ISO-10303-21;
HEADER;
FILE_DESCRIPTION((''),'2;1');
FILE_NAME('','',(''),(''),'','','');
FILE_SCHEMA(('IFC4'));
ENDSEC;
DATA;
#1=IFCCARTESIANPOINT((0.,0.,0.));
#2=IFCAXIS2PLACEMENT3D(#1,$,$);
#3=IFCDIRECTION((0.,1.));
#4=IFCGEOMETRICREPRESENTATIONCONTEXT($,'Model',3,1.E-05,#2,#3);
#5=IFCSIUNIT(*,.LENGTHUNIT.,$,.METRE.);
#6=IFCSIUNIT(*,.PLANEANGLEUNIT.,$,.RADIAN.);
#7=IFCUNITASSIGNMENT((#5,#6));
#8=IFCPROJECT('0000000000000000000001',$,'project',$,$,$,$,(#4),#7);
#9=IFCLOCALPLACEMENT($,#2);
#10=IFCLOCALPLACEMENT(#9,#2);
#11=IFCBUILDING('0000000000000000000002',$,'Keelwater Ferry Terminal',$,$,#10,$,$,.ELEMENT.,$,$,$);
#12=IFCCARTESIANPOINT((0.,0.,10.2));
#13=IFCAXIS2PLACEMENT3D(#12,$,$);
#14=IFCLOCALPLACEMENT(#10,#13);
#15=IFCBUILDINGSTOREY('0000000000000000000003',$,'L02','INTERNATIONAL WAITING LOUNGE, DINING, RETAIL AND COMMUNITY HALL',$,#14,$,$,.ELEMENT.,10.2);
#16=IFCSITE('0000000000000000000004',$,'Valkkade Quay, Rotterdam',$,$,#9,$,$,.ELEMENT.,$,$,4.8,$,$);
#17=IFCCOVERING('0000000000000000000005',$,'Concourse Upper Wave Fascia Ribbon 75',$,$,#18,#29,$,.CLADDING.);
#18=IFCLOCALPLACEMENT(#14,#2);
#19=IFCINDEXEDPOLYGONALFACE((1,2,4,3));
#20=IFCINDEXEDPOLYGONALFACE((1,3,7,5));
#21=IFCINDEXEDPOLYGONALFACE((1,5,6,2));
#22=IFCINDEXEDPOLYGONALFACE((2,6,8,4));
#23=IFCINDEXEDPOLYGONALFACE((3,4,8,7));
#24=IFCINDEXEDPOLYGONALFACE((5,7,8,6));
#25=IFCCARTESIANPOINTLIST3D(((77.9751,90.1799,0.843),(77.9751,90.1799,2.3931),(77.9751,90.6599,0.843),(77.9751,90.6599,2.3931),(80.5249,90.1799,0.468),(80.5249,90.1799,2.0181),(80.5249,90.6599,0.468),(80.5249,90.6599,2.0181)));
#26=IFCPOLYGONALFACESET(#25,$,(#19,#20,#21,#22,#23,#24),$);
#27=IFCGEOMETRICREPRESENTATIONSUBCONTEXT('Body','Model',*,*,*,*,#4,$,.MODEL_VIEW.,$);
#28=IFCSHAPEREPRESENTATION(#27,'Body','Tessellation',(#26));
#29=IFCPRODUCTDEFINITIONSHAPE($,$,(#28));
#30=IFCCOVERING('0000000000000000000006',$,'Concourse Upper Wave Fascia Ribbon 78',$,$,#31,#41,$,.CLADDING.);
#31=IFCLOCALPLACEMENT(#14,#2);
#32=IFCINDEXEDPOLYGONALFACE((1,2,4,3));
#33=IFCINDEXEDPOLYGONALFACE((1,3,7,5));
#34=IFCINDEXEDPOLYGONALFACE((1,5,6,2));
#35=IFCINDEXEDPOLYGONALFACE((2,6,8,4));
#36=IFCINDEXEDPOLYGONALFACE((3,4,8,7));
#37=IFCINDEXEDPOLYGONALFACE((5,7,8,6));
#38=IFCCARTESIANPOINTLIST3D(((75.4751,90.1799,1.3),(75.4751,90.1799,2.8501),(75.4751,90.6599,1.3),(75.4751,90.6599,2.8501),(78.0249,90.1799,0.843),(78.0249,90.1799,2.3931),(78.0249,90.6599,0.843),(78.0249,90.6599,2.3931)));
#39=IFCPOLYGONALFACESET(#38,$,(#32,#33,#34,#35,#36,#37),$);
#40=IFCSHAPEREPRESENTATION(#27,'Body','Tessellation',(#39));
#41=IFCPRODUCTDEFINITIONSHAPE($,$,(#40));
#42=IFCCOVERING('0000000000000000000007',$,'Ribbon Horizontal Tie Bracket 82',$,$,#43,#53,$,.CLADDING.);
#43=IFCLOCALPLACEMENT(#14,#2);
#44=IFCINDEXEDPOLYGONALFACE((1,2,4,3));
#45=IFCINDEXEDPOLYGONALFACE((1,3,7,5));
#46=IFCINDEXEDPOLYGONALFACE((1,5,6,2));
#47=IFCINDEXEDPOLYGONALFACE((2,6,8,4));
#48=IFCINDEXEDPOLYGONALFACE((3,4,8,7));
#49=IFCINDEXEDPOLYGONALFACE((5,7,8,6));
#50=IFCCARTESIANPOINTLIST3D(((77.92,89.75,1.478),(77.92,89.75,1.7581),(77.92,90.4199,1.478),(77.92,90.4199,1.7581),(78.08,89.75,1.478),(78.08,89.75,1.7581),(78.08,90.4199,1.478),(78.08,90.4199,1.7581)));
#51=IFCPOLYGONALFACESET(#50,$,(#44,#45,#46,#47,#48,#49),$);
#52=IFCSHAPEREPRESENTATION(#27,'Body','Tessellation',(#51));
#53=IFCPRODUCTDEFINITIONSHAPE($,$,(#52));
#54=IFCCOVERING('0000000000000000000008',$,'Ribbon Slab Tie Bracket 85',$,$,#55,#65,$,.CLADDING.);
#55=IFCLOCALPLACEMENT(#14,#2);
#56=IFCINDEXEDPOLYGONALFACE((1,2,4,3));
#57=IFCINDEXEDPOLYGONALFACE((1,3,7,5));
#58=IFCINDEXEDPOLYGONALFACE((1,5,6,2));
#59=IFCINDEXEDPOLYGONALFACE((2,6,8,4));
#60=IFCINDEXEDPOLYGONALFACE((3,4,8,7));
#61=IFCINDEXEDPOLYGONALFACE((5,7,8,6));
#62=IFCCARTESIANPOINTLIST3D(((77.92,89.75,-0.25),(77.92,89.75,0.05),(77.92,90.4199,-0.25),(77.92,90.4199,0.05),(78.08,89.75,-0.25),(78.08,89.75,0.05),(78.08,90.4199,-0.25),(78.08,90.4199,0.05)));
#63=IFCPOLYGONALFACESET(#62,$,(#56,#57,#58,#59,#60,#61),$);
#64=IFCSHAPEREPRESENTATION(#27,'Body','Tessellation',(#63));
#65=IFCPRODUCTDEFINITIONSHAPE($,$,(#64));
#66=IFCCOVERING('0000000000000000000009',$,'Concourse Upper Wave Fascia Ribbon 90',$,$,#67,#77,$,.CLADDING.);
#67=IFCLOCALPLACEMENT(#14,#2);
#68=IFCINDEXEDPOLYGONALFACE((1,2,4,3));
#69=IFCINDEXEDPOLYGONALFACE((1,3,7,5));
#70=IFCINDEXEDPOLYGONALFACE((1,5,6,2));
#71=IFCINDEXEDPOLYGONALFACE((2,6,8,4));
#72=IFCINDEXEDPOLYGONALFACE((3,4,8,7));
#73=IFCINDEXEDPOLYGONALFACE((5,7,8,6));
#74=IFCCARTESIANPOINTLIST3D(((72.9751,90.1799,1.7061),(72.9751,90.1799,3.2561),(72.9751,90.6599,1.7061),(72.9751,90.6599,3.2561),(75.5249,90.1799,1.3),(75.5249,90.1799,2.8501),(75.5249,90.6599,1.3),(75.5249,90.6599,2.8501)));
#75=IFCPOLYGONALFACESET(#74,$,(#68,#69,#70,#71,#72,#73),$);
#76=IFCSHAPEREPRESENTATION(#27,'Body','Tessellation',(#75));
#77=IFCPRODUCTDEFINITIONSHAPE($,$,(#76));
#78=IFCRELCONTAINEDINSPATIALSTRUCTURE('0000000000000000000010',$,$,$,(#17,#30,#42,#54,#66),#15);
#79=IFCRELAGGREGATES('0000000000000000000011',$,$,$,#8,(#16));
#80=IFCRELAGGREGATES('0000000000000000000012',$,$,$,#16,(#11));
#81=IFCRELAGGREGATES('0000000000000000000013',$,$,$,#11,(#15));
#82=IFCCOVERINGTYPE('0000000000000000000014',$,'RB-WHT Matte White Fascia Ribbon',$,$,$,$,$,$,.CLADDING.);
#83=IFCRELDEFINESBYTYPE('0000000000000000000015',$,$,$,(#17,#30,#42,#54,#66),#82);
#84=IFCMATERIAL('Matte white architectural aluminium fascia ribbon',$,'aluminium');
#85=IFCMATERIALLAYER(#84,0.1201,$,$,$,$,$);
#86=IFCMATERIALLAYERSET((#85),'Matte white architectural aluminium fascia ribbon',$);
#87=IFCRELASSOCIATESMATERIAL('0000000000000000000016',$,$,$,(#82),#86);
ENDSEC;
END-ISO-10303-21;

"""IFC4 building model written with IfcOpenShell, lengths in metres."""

from ifc_helpers import new_model, si_unit, direction, frame, frame_2d, origin, place, context, subcontext, project, spatial, polyline, rectangle, outline, extrude, material, layer, layer_set, type_object, element, save


model = new_model("IFC4")

# Units and contexts
model_context = context("Model", 3, precision=1e-05, world=origin(), true_north=direction((0.0, 1.0)))
body_context = subcontext(model_context, "Body", "Model", "MODEL_VIEW")
ifc_project = project(units=[si_unit("LENGTHUNIT", "METRE"), si_unit("PLANEANGLEUNIT", "RADIAN")], contexts=[model_context])

# Site, building, storey
site_placement = place(None, origin())
site = spatial("IfcSite", under=ifc_project, at=site_placement, Name="Valkkade Quay, Rotterdam", CompositionType="ELEMENT", RefElevation=4.8)
building_placement = place(site_placement, origin())
building = spatial("IfcBuilding", under=site, at=building_placement, Name="Keelwater Ferry Terminal", CompositionType="ELEMENT")
storey_placement = place(building_placement, frame((0.0, 0.0, 10.2)))
storey = spatial("IfcBuildingStorey", under=building, at=storey_placement, Name="L02", Description="INTERNATIONAL WAITING LOUNGE, DINING, RETAIL AND COMMUNITY HALL", CompositionType="ELEMENT", Elevation=10.2)

# Coverings
ifc_material_1 = material(Name="Matte white architectural aluminium fascia ribbon", Category="aluminium")
ifc_layer_1 = layer(ifc_material_1, 0.1201)
ifc_layer_set_1 = layer_set([ifc_layer_1], Name="Matte white architectural aluminium fascia ribbon")
covering_type = type_object("IfcCoveringType", Name="RB-WHT Matte White Fascia Ribbon", PredefinedType="CLADDING", material=ifc_layer_set_1)
covering_1_placement = place(storey_placement, frame((80.5249, 90.4199, 0.468), z_axis=(0.0, 0.0, 1.0), x_axis=(-1.0, 0.0, 0.0)))
element("IfcCovering", 1, at=covering_1_placement, inside=storey, type_object=covering_type, Name="Concourse Upper Wave Fascia Ribbon 75", PredefinedType="CLADDING", context=body_context, shape_type="SweptSolid", body=[
    extrude(outline(polyline([(0.0, 0.0), (2.5498, 0.375), (2.5498, 1.925), (0.0, 1.55), (0.0, 0.0)])), frame((0.0, 0.24, 0.0), z_axis=(0.0, -1.0, 0.0), x_axis=(1.0, 0.0, 0.0)), (0.0, 0.0, 1.0), 0.48),
])
covering_2_placement = place(storey_placement, frame((78.0249, 90.4199, 0.843), z_axis=(0.0, 0.0, 1.0), x_axis=(-1.0, 0.0, 0.0)))
element("IfcCovering", 2, at=covering_2_placement, inside=storey, type_object=covering_type, Name="Concourse Upper Wave Fascia Ribbon 78", PredefinedType="CLADDING", context=body_context, shape_type="SweptSolid", body=[
    extrude(outline(polyline([(0.0, 0.0), (2.5498, 0.457), (2.5498, 2.0071), (0.0, 1.55), (0.0, 0.0)])), frame((0.0, 0.24, 0.0), z_axis=(0.0, -1.0, 0.0), x_axis=(1.0, 0.0, 0.0)), (0.0, 0.0, 1.0), 0.48),
])
covering_3_placement = place(storey_placement, frame((78.0, 90.4199, 1.478), z_axis=(0.0, 0.0, 1.0), x_axis=(0.0, -1.0, 0.0)))
element("IfcCovering", 3, at=covering_3_placement, inside=storey, type_object=covering_type, Name="Ribbon Horizontal Tie Bracket 82", PredefinedType="CLADDING", context=body_context, shape_type="SweptSolid", body=[
    extrude(rectangle(XDim=0.6699, YDim=0.1599, at=frame_2d((0.335, 0.0))), origin(), (0.0, 0.0, 1.0), 0.28),
])
covering_4_placement = place(storey_placement, frame((78.0, 90.4199, -0.25), z_axis=(0.0, 0.0, 1.0), x_axis=(0.0, -1.0, 0.0)))
element("IfcCovering", 4, at=covering_4_placement, inside=storey, type_object=covering_type, Name="Ribbon Slab Tie Bracket 85", PredefinedType="CLADDING", context=body_context, shape_type="SweptSolid", body=[
    extrude(rectangle(XDim=0.6699, YDim=0.1599, at=frame_2d((0.335, 0.0))), origin(), (0.0, 0.0, 1.0), 0.3),
])
covering_5_placement = place(storey_placement, frame((75.5249, 90.4199, 1.3), z_axis=(0.0, 0.0, 1.0), x_axis=(-1.0, 0.0, 0.0)))
element("IfcCovering", 5, at=covering_5_placement, inside=storey, type_object=covering_type, Name="Concourse Upper Wave Fascia Ribbon 90", PredefinedType="CLADDING", context=body_context, shape_type="SweptSolid", body=[
    extrude(outline(polyline([(0.0, 0.0), (2.5498, 0.406), (2.5498, 1.9561), (0.0, 1.55), (0.0, 0.0)])), frame((0.0, 0.24, 0.0), z_axis=(0.0, -1.0, 0.0), x_axis=(1.0, 0.0, 0.0)), (0.0, 0.0, 1.0), 0.48),
])

save(model, "model.ifc")
